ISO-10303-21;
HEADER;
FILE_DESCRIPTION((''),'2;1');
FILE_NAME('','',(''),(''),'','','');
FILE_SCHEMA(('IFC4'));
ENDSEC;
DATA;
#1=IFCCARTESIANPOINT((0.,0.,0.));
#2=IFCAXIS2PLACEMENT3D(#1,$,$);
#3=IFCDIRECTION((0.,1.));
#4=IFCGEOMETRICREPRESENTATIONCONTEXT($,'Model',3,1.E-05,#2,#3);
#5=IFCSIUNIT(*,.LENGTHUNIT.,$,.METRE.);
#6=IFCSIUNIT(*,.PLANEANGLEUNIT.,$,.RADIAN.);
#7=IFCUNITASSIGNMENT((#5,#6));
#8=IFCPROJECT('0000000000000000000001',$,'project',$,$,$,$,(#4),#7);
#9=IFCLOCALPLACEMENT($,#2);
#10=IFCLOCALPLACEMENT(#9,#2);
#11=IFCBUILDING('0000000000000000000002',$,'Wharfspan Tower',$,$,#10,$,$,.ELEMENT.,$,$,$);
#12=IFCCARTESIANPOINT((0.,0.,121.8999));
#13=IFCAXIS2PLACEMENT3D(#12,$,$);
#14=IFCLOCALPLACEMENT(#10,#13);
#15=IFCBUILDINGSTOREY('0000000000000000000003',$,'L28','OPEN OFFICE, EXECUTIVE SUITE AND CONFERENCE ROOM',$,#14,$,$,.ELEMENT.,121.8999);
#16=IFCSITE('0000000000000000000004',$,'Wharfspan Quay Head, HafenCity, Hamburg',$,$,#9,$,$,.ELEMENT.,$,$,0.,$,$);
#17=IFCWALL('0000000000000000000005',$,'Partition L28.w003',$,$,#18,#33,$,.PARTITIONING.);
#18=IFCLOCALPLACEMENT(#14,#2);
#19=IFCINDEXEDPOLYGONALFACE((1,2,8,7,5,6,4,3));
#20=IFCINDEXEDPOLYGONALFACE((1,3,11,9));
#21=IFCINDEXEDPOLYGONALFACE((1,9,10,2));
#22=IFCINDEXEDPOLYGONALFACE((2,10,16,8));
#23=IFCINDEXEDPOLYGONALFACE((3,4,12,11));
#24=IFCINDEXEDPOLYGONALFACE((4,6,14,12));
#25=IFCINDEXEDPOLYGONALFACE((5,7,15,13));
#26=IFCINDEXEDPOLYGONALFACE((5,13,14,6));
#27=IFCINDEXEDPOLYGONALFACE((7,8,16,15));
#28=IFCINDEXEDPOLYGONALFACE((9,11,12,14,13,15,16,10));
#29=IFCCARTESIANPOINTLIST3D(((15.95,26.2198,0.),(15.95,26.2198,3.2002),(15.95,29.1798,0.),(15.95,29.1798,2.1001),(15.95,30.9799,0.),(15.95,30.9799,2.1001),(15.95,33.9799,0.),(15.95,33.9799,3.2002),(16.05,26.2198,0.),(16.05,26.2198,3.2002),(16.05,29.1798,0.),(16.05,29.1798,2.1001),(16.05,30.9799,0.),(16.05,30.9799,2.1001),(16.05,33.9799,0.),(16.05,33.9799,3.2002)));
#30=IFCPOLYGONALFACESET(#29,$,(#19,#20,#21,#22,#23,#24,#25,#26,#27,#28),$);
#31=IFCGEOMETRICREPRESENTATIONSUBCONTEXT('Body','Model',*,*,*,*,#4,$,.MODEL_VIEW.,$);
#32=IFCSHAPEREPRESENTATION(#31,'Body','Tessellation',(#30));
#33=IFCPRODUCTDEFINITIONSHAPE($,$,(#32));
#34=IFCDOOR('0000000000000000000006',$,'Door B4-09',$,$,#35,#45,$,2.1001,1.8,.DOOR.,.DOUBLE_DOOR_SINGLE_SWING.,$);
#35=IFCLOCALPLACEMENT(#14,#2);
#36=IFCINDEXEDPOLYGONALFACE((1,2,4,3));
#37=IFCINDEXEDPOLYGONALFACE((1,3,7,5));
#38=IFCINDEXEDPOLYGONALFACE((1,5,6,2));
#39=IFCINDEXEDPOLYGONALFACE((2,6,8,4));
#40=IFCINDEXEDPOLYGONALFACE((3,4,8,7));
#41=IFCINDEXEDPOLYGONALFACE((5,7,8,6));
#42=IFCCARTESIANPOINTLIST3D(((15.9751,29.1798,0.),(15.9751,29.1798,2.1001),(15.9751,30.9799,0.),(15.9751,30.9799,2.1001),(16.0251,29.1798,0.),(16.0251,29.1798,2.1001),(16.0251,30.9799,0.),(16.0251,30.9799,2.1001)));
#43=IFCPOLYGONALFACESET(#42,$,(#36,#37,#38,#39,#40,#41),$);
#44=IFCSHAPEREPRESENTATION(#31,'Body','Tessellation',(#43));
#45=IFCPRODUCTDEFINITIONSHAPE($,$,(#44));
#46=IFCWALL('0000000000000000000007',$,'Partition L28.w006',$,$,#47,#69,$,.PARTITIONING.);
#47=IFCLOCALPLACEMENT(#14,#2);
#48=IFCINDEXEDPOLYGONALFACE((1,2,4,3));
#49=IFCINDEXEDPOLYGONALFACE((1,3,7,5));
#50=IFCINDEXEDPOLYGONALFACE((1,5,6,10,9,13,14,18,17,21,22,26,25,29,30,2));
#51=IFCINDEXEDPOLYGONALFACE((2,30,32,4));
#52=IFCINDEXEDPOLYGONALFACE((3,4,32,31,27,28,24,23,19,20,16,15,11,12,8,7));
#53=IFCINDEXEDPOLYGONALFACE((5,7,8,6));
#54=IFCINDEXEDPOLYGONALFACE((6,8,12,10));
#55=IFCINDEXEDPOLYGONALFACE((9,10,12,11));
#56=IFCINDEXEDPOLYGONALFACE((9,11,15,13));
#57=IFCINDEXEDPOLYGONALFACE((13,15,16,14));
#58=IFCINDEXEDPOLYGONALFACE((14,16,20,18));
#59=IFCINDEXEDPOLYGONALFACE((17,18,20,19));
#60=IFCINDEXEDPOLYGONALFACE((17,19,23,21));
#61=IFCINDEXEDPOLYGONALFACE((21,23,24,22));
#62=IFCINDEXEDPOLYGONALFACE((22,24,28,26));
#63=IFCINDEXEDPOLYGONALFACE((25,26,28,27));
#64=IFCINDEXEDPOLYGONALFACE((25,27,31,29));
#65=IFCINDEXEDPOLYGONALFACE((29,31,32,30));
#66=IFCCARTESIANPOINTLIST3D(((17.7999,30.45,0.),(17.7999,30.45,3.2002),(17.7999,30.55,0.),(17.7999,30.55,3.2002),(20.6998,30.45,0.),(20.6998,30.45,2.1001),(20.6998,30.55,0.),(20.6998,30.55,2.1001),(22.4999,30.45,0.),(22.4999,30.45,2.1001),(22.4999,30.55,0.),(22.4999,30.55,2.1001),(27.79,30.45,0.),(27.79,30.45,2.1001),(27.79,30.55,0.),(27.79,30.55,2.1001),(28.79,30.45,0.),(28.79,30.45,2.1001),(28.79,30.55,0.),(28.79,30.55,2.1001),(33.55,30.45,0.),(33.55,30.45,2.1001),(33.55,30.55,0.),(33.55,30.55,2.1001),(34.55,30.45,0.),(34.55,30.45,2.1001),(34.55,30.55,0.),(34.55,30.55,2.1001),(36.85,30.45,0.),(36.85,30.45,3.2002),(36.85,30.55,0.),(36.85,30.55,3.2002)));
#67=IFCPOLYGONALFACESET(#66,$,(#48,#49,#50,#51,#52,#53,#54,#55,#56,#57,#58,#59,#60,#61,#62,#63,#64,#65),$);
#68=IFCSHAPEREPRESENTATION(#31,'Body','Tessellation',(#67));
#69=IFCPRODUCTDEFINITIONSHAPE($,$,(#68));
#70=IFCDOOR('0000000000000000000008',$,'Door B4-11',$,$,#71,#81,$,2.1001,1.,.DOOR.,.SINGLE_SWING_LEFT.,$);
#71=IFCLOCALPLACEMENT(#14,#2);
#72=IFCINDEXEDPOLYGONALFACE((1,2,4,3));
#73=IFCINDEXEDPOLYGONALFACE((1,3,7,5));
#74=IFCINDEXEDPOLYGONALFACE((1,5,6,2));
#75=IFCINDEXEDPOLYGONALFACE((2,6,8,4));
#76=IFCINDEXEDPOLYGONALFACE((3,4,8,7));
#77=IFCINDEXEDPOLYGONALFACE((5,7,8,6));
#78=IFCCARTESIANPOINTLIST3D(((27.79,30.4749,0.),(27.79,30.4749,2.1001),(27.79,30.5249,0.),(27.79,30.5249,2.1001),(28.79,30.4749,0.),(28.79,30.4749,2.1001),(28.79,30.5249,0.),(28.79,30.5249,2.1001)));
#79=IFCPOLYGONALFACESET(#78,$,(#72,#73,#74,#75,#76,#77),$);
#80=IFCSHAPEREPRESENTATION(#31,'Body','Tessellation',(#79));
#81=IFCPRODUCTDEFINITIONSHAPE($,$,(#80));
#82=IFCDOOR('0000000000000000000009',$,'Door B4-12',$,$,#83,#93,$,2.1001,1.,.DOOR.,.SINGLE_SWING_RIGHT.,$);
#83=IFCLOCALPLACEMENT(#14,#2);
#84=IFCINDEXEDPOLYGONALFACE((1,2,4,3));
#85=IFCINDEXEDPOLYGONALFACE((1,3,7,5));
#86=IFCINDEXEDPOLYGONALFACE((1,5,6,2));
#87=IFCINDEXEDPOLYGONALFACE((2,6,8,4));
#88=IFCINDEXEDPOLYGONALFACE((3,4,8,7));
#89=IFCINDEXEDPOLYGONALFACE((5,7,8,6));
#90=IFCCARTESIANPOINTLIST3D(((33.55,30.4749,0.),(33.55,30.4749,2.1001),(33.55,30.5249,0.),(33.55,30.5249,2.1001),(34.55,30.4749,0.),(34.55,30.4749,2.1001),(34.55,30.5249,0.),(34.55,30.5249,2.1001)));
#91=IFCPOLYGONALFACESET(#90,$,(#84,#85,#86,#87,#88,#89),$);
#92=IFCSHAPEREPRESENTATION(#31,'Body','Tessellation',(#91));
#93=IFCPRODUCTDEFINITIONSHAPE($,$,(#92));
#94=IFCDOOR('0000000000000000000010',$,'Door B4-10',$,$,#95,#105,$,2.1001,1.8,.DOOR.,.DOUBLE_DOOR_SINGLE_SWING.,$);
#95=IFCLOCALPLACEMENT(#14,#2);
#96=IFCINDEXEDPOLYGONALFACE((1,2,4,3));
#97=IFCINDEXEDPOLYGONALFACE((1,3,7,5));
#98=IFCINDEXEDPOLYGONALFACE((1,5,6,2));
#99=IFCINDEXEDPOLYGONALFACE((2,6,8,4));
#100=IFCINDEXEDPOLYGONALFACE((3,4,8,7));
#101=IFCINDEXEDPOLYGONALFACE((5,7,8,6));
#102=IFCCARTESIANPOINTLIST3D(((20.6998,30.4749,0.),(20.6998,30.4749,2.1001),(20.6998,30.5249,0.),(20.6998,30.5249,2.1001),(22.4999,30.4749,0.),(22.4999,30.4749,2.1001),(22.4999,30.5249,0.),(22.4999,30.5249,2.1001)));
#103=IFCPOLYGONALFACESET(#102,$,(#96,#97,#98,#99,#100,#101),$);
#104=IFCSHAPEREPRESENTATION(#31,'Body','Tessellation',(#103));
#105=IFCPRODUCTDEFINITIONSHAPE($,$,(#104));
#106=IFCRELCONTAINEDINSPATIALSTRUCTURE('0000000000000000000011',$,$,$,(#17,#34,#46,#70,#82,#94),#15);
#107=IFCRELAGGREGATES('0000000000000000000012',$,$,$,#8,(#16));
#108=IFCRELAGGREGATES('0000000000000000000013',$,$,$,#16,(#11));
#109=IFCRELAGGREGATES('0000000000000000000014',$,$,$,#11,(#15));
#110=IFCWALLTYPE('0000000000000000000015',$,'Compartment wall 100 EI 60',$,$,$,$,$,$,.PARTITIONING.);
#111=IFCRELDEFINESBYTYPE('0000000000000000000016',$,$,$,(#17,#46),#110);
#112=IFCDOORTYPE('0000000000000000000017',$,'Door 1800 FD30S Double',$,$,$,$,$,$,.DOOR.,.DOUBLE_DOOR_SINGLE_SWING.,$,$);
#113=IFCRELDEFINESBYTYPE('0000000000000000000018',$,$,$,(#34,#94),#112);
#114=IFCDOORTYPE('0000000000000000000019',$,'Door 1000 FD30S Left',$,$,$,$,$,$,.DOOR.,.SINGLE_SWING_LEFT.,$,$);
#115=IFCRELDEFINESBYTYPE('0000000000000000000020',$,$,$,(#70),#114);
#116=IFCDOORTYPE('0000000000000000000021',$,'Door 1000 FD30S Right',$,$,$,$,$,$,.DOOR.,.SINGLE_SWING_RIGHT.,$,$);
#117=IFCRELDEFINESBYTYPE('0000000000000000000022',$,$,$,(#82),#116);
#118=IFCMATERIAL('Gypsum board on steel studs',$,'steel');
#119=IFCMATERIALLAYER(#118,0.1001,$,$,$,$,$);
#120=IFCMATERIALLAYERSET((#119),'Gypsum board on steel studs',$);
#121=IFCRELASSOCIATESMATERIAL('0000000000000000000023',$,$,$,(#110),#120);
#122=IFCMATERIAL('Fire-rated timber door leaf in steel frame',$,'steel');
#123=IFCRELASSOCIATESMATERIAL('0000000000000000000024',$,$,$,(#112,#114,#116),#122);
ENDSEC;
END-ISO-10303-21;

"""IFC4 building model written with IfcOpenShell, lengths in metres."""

from ifc_helpers import new_model, si_unit, direction, frame, frame_2d, origin, place, context, subcontext, project, spatial, rectangle, extrude, material, layer, layer_set, type_object, element, fill, save


model = new_model("IFC4")

# Units and contexts
model_context = context("Model", 3, precision=1e-05, world=origin(), true_north=direction((0.0, 1.0)))
body_context = subcontext(model_context, "Body", "Model", "MODEL_VIEW")
ifc_project = project(units=[si_unit("LENGTHUNIT", "METRE"), si_unit("PLANEANGLEUNIT", "RADIAN")], contexts=[model_context])

# Site, building, storey
site_placement = place(None, origin())
site = spatial("IfcSite", under=ifc_project, at=site_placement, Name="Wharfspan Quay Head, HafenCity, Hamburg", CompositionType="ELEMENT", RefElevation=0.0)
building_placement = place(site_placement, origin())
building = spatial("IfcBuilding", under=site, at=building_placement, Name="Wharfspan Tower", CompositionType="ELEMENT")
storey_placement = place(building_placement, frame((0.0, 0.0, 121.8999)))
storey = spatial("IfcBuildingStorey", under=building, at=storey_placement, Name="L28", Description="OPEN OFFICE, EXECUTIVE SUITE AND CONFERENCE ROOM", CompositionType="ELEMENT", Elevation=121.8999)

# Wall, opening, door
ifc_material_1 = material(Name="Gypsum board on steel studs", Category="steel")
ifc_layer_1 = layer(ifc_material_1, 0.1001)
ifc_layer_set_1 = layer_set([ifc_layer_1], Name="Gypsum board on steel studs")
wall_type_1 = type_object("IfcWallType", Name="Compartment wall 100 EI 60", PredefinedType="PARTITIONING", material=ifc_layer_set_1)
wall_1_placement = place(storey_placement, frame((16.0, 26.22, 0.0), z_axis=(0.0, 0.0, 1.0), x_axis=(0.0, 1.0, 0.0)))
wall_1 = element("IfcWall", 1, at=wall_1_placement, inside=storey, type_object=wall_type_1, Name="Partition L28.w003", PredefinedType="PARTITIONING", context=body_context, shape_type="SweptSolid", body=[
    extrude(rectangle(XDim=7.76, YDim=0.1001, at=frame_2d((3.8799, 0.0))), origin(), (0.0, 0.0, 1.0), 3.2002),
])
opening_1_placement = place(wall_1_placement, frame((2.96, 0.0, 0.0)))
opening_1 = element("IfcOpeningElement", 2, at=opening_1_placement, cuts=wall_1, PredefinedType="OPENING", context=body_context, shape_type="SweptSolid", body=[
    extrude(rectangle(XDim=1.8, YDim=2.1001, at=frame_2d((0.8999, 1.05))), frame((0.0, 0.0601, 0.0), z_axis=(0.0, -1.0, 0.0), x_axis=(1.0, 0.0, 0.0)), (0.0, 0.0, 1.0), 0.1201),
])
ifc_material_2 = material(Name="Fire-rated timber door leaf in steel frame", Category="steel")
door_type_1 = type_object("IfcDoorType", Name="Door 1800 FD30S Double", OperationType="DOUBLE_DOOR_SINGLE_SWING", PredefinedType="DOOR", material=ifc_material_2)
door_1_placement = place(opening_1_placement, origin())
door_1 = element("IfcDoor", 3, at=door_1_placement, inside=storey, type_object=door_type_1, Name="Door B4-09", OperationType="DOUBLE_DOOR_SINGLE_SWING", OverallHeight=2.1001, OverallWidth=1.8, PredefinedType="DOOR", context=body_context, shape_type="SweptSolid", body=[
    extrude(rectangle(XDim=1.8, YDim=2.1001, at=frame_2d((0.8999, 1.05))), frame((0.0, 0.0249, 0.0), z_axis=(0.0, -1.0, 0.0), x_axis=(1.0, 0.0, 0.0)), (0.0, 0.0, 1.0), 0.05),
])
fill(opening_1, door_1)

# Wall, openings, doors
wall_2_placement = place(storey_placement, frame((17.8, 30.5, 0.0), z_axis=(0.0, 0.0, 1.0), x_axis=(1.0, 0.0, 0.0)))
wall_2 = element("IfcWall", 4, at=wall_2_placement, inside=storey, type_object=wall_type_1, Name="Partition L28.w006", PredefinedType="PARTITIONING", context=body_context, shape_type="SweptSolid", body=[
    extrude(rectangle(XDim=19.05, YDim=0.1001, at=frame_2d((9.5249, 0.0))), origin(), (0.0, 0.0, 1.0), 3.2002),
])
opening_2_placement = place(wall_2_placement, frame((2.8999, 0.0, 0.0)))
opening_2 = element("IfcOpeningElement", 5, at=opening_2_placement, cuts=wall_2, PredefinedType="OPENING", context=body_context, shape_type="SweptSolid", body=[
    extrude(rectangle(XDim=1.8, YDim=2.1001, at=frame_2d((0.8999, 1.05))), frame((0.0, 0.0601, 0.0), z_axis=(0.0, -1.0, 0.0), x_axis=(1.0, 0.0, 0.0)), (0.0, 0.0, 1.0), 0.1201),
])
opening_3_placement = place(wall_2_placement, frame((9.99, 0.0, 0.0)))
opening_3 = element("IfcOpeningElement", 6, at=opening_3_placement, cuts=wall_2, PredefinedType="OPENING", context=body_context, shape_type="SweptSolid", body=[
    extrude(rectangle(XDim=1.0, YDim=2.1001, at=frame_2d((0.5, 1.05))), frame((0.0, 0.0601, 0.0), z_axis=(0.0, -1.0, 0.0), x_axis=(1.0, 0.0, 0.0)), (0.0, 0.0, 1.0), 0.1201),
])
opening_4_placement = place(wall_2_placement, frame((15.75, 0.0, 0.0)))
opening_4 = element("IfcOpeningElement", 7, at=opening_4_placement, cuts=wall_2, PredefinedType="OPENING", context=body_context, shape_type="SweptSolid", body=[
    extrude(rectangle(XDim=1.0, YDim=2.1001, at=frame_2d((0.5, 1.05))), frame((0.0, 0.0601, 0.0), z_axis=(0.0, -1.0, 0.0), x_axis=(1.0, 0.0, 0.0)), (0.0, 0.0, 1.0), 0.1201),
])
door_type_2 = type_object("IfcDoorType", Name="Door 1000 FD30S Left", OperationType="SINGLE_SWING_LEFT", PredefinedType="DOOR", material=ifc_material_2)
door_2_placement = place(opening_3_placement, origin())
door_2 = element("IfcDoor", 8, at=door_2_placement, inside=storey, type_object=door_type_2, Name="Door B4-11", OperationType="SINGLE_SWING_LEFT", OverallHeight=2.1001, OverallWidth=1.0, PredefinedType="DOOR", context=body_context, shape_type="SweptSolid", body=[
    extrude(rectangle(XDim=1.0, YDim=2.1001, at=frame_2d((0.5, 1.05))), frame((0.0, 0.0249, 0.0), z_axis=(0.0, -1.0, 0.0), x_axis=(1.0, 0.0, 0.0)), (0.0, 0.0, 1.0), 0.05),
])
fill(opening_3, door_2)
door_type_3 = type_object("IfcDoorType", Name="Door 1000 FD30S Right", OperationType="SINGLE_SWING_RIGHT", PredefinedType="DOOR", material=ifc_material_2)
door_3_placement = place(opening_4_placement, origin())
door_3 = element("IfcDoor", 9, at=door_3_placement, inside=storey, type_object=door_type_3, Name="Door B4-12", OperationType="SINGLE_SWING_RIGHT", OverallHeight=2.1001, OverallWidth=1.0, PredefinedType="DOOR", context=body_context, shape_type="SweptSolid", body=[
    extrude(rectangle(XDim=1.0, YDim=2.1001, at=frame_2d((0.5, 1.05))), frame((0.0, 0.0249, 0.0), z_axis=(0.0, -1.0, 0.0), x_axis=(1.0, 0.0, 0.0)), (0.0, 0.0, 1.0), 0.05),
])
fill(opening_4, door_3)
door_4_placement = place(opening_2_placement, origin())
door_4 = element("IfcDoor", 10, at=door_4_placement, inside=storey, type_object=door_type_1, Name="Door B4-10", OperationType="DOUBLE_DOOR_SINGLE_SWING", OverallHeight=2.1001, OverallWidth=1.8, PredefinedType="DOOR", context=body_context, shape_type="SweptSolid", body=[
    extrude(rectangle(XDim=1.8, YDim=2.1001, at=frame_2d((0.8999, 1.05))), frame((0.0, 0.0249, 0.0), z_axis=(0.0, -1.0, 0.0), x_axis=(1.0, 0.0, 0.0)), (0.0, 0.0, 1.0), 0.05),
])
fill(opening_2, door_4)

save(model, "model.ifc")
